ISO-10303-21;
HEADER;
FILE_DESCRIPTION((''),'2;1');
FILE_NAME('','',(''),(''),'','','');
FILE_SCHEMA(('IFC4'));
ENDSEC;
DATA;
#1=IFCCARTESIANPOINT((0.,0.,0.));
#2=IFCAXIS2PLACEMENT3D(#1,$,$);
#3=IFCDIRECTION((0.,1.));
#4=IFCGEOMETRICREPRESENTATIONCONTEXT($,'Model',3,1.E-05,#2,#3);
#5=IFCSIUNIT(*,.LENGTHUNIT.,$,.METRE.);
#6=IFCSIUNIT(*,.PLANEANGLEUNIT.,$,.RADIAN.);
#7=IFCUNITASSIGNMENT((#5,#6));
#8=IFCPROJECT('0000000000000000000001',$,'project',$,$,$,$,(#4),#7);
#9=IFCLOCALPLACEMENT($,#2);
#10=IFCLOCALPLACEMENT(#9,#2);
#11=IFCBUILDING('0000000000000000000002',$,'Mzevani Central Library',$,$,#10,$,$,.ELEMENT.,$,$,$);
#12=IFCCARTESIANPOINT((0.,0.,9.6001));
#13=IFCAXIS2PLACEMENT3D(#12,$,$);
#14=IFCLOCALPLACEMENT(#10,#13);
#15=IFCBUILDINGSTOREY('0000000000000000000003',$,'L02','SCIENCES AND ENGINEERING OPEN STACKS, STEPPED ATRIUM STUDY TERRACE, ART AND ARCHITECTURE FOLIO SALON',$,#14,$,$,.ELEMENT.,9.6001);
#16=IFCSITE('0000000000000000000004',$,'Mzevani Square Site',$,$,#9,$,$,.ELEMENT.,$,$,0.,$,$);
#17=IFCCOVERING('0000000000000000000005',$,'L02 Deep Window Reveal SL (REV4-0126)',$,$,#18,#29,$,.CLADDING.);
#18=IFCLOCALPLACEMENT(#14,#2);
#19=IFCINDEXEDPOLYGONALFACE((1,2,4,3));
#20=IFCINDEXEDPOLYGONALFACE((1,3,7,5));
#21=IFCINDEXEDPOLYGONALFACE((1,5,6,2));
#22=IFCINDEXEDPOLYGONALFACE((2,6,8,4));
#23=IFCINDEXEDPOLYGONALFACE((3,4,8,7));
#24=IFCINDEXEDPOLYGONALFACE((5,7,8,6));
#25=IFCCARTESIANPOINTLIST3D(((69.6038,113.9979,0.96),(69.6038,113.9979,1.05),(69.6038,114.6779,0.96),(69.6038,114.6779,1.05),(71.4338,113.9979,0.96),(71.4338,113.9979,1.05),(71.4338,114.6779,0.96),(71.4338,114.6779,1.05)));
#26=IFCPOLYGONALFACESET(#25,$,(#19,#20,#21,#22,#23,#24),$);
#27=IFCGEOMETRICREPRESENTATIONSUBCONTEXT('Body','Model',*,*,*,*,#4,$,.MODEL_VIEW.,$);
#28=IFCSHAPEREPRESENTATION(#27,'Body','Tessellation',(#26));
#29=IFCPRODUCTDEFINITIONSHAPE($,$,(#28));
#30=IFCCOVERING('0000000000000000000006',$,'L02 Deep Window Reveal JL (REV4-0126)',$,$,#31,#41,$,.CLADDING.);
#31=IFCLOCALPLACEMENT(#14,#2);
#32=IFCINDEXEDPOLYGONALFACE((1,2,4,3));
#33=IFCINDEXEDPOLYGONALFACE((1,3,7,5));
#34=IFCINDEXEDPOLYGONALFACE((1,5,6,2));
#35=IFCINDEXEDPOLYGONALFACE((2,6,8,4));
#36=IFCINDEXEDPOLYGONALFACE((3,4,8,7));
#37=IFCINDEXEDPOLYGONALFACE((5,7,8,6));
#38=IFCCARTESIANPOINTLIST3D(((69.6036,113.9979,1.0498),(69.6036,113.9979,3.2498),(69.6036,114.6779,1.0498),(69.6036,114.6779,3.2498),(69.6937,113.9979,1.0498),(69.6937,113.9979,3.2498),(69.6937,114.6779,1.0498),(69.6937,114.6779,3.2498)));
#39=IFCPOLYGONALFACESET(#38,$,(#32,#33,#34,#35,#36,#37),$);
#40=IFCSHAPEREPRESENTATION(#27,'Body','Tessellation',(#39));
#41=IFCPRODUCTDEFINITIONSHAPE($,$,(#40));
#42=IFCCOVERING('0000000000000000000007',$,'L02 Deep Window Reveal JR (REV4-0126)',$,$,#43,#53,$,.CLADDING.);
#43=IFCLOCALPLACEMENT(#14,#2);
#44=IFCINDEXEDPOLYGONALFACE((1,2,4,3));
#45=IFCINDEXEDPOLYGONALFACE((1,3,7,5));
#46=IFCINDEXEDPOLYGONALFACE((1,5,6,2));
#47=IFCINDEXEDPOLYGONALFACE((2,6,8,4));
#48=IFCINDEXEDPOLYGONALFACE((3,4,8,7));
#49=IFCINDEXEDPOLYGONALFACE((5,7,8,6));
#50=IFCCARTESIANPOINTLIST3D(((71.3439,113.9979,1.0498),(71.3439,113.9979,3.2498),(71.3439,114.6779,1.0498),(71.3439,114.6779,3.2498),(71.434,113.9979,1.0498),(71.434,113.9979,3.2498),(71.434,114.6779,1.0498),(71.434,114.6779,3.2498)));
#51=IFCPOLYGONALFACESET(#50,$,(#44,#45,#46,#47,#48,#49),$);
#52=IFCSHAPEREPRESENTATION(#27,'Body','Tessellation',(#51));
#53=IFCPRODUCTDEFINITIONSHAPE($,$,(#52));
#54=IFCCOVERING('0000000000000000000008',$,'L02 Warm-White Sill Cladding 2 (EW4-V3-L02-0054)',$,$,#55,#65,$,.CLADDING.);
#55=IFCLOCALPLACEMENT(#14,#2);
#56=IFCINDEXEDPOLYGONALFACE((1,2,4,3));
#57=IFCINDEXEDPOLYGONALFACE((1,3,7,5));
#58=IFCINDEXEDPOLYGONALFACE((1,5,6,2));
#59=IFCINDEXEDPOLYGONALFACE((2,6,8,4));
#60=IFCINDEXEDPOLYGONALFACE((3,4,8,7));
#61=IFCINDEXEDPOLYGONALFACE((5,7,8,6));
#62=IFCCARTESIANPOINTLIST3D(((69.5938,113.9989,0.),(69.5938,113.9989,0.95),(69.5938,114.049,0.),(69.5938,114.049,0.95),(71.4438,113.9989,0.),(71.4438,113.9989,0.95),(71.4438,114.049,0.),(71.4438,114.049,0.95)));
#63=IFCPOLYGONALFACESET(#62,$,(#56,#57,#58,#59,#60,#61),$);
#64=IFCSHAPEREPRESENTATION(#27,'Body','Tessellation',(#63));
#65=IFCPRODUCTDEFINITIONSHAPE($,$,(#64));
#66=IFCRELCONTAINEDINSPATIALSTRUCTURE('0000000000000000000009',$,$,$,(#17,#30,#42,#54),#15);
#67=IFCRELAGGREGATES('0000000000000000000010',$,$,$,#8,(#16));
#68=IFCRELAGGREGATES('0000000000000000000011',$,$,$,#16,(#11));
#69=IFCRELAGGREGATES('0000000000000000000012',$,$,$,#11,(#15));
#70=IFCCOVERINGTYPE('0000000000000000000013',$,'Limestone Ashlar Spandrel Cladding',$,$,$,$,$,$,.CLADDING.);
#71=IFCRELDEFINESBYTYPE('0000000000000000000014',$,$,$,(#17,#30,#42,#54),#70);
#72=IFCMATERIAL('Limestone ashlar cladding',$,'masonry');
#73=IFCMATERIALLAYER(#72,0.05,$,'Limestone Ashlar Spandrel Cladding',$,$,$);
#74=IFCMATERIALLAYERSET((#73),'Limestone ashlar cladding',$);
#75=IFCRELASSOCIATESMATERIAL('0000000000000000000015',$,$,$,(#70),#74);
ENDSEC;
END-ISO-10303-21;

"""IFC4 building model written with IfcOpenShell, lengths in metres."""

from ifc_helpers import new_model, si_unit, direction, frame, origin, origin_2d, place, context, subcontext, project, spatial, rectangle, extrude, material, layer, layer_set, type_object, element, save


model = new_model("IFC4")

# Units and contexts
model_context = context("Model", 3, precision=1e-05, world=origin(), true_north=direction((0.0, 1.0)))
body_context = subcontext(model_context, "Body", "Model", "MODEL_VIEW")
ifc_project = project(units=[si_unit("LENGTHUNIT", "METRE"), si_unit("PLANEANGLEUNIT", "RADIAN")], contexts=[model_context])

# Site, building, storey
site_placement = place(None, origin())
site = spatial("IfcSite", under=ifc_project, at=site_placement, Name="Mzevani Square Site", CompositionType="ELEMENT", RefElevation=0.0)
building_placement = place(site_placement, origin())
building = spatial("IfcBuilding", under=site, at=building_placement, Name="Mzevani Central Library", CompositionType="ELEMENT")
storey_placement = place(building_placement, frame((0.0, 0.0, 9.6001)))
storey = spatial("IfcBuildingStorey", under=building, at=storey_placement, Name="L02", Description="SCIENCES AND ENGINEERING OPEN STACKS, STEPPED ATRIUM STUDY TERRACE, ART AND ARCHITECTURE FOLIO SALON", CompositionType="ELEMENT", Elevation=9.6001)

# Coverings
ifc_material_1 = material(Name="Limestone ashlar cladding", Category="masonry")
ifc_layer_1 = layer(ifc_material_1, 0.05, Name="Limestone Ashlar Spandrel Cladding")
ifc_layer_set_1 = layer_set([ifc_layer_1], Name="Limestone ashlar cladding")
covering_type = type_object("IfcCoveringType", Name="Limestone Ashlar Spandrel Cladding", PredefinedType="CLADDING", material=ifc_layer_set_1)
for number, where, z_axis, x_axis, name in (
    (1, (70.5188, 114.3379, 0.96), (0.0, 0.0, 1.0), (1.0, 0.0, 0.0), "L02 Deep Window Reveal SL (REV4-0126)"),
):
    element("IfcCovering", number, at=place(storey_placement, frame(where, z_axis=z_axis, x_axis=x_axis)), inside=storey, type_object=covering_type, Name=name, PredefinedType="CLADDING", context=body_context, shape_type="SweptSolid", body=[
        extrude(rectangle(XDim=1.8301, YDim=0.6799, at=origin_2d()), origin(), (0.0, 0.0, 1.0), 0.0901),
    ])
for number, where, z_axis, x_axis, name in (
    (2, (69.6487, 114.3379, 1.0498), (0.0, 0.0, 1.0), (1.0, 0.0, 0.0), "L02 Deep Window Reveal JL (REV4-0126)"),
    (3, (71.3889, 114.3379, 1.0498), (0.0, 0.0, 1.0), (1.0, 0.0, 0.0), "L02 Deep Window Reveal JR (REV4-0126)"),
):
    element("IfcCovering", number, at=place(storey_placement, frame(where, z_axis=z_axis, x_axis=x_axis)), inside=storey, type_object=covering_type, Name=name, PredefinedType="CLADDING", context=body_context, shape_type="SweptSolid", body=[
        extrude(rectangle(XDim=0.0901, YDim=0.6799, at=origin_2d()), origin(), (0.0, 0.0, 1.0), 2.2),
    ])
covering_placement = place(storey_placement, frame((70.5188, 114.0239, 0.0), z_axis=(0.0, 0.0, 1.0), x_axis=(1.0, 0.0, 0.0)))
element("IfcCovering", 4, at=covering_placement, inside=storey, type_object=covering_type, Name="L02 Warm-White Sill Cladding 2 (EW4-V3-L02-0054)", PredefinedType="CLADDING", context=body_context, shape_type="SweptSolid", body=[
    extrude(rectangle(XDim=1.8501, YDim=0.05, at=origin_2d()), origin(), (0.0, 0.0, 1.0), 0.95),
])

save(model, "model.ifc")
